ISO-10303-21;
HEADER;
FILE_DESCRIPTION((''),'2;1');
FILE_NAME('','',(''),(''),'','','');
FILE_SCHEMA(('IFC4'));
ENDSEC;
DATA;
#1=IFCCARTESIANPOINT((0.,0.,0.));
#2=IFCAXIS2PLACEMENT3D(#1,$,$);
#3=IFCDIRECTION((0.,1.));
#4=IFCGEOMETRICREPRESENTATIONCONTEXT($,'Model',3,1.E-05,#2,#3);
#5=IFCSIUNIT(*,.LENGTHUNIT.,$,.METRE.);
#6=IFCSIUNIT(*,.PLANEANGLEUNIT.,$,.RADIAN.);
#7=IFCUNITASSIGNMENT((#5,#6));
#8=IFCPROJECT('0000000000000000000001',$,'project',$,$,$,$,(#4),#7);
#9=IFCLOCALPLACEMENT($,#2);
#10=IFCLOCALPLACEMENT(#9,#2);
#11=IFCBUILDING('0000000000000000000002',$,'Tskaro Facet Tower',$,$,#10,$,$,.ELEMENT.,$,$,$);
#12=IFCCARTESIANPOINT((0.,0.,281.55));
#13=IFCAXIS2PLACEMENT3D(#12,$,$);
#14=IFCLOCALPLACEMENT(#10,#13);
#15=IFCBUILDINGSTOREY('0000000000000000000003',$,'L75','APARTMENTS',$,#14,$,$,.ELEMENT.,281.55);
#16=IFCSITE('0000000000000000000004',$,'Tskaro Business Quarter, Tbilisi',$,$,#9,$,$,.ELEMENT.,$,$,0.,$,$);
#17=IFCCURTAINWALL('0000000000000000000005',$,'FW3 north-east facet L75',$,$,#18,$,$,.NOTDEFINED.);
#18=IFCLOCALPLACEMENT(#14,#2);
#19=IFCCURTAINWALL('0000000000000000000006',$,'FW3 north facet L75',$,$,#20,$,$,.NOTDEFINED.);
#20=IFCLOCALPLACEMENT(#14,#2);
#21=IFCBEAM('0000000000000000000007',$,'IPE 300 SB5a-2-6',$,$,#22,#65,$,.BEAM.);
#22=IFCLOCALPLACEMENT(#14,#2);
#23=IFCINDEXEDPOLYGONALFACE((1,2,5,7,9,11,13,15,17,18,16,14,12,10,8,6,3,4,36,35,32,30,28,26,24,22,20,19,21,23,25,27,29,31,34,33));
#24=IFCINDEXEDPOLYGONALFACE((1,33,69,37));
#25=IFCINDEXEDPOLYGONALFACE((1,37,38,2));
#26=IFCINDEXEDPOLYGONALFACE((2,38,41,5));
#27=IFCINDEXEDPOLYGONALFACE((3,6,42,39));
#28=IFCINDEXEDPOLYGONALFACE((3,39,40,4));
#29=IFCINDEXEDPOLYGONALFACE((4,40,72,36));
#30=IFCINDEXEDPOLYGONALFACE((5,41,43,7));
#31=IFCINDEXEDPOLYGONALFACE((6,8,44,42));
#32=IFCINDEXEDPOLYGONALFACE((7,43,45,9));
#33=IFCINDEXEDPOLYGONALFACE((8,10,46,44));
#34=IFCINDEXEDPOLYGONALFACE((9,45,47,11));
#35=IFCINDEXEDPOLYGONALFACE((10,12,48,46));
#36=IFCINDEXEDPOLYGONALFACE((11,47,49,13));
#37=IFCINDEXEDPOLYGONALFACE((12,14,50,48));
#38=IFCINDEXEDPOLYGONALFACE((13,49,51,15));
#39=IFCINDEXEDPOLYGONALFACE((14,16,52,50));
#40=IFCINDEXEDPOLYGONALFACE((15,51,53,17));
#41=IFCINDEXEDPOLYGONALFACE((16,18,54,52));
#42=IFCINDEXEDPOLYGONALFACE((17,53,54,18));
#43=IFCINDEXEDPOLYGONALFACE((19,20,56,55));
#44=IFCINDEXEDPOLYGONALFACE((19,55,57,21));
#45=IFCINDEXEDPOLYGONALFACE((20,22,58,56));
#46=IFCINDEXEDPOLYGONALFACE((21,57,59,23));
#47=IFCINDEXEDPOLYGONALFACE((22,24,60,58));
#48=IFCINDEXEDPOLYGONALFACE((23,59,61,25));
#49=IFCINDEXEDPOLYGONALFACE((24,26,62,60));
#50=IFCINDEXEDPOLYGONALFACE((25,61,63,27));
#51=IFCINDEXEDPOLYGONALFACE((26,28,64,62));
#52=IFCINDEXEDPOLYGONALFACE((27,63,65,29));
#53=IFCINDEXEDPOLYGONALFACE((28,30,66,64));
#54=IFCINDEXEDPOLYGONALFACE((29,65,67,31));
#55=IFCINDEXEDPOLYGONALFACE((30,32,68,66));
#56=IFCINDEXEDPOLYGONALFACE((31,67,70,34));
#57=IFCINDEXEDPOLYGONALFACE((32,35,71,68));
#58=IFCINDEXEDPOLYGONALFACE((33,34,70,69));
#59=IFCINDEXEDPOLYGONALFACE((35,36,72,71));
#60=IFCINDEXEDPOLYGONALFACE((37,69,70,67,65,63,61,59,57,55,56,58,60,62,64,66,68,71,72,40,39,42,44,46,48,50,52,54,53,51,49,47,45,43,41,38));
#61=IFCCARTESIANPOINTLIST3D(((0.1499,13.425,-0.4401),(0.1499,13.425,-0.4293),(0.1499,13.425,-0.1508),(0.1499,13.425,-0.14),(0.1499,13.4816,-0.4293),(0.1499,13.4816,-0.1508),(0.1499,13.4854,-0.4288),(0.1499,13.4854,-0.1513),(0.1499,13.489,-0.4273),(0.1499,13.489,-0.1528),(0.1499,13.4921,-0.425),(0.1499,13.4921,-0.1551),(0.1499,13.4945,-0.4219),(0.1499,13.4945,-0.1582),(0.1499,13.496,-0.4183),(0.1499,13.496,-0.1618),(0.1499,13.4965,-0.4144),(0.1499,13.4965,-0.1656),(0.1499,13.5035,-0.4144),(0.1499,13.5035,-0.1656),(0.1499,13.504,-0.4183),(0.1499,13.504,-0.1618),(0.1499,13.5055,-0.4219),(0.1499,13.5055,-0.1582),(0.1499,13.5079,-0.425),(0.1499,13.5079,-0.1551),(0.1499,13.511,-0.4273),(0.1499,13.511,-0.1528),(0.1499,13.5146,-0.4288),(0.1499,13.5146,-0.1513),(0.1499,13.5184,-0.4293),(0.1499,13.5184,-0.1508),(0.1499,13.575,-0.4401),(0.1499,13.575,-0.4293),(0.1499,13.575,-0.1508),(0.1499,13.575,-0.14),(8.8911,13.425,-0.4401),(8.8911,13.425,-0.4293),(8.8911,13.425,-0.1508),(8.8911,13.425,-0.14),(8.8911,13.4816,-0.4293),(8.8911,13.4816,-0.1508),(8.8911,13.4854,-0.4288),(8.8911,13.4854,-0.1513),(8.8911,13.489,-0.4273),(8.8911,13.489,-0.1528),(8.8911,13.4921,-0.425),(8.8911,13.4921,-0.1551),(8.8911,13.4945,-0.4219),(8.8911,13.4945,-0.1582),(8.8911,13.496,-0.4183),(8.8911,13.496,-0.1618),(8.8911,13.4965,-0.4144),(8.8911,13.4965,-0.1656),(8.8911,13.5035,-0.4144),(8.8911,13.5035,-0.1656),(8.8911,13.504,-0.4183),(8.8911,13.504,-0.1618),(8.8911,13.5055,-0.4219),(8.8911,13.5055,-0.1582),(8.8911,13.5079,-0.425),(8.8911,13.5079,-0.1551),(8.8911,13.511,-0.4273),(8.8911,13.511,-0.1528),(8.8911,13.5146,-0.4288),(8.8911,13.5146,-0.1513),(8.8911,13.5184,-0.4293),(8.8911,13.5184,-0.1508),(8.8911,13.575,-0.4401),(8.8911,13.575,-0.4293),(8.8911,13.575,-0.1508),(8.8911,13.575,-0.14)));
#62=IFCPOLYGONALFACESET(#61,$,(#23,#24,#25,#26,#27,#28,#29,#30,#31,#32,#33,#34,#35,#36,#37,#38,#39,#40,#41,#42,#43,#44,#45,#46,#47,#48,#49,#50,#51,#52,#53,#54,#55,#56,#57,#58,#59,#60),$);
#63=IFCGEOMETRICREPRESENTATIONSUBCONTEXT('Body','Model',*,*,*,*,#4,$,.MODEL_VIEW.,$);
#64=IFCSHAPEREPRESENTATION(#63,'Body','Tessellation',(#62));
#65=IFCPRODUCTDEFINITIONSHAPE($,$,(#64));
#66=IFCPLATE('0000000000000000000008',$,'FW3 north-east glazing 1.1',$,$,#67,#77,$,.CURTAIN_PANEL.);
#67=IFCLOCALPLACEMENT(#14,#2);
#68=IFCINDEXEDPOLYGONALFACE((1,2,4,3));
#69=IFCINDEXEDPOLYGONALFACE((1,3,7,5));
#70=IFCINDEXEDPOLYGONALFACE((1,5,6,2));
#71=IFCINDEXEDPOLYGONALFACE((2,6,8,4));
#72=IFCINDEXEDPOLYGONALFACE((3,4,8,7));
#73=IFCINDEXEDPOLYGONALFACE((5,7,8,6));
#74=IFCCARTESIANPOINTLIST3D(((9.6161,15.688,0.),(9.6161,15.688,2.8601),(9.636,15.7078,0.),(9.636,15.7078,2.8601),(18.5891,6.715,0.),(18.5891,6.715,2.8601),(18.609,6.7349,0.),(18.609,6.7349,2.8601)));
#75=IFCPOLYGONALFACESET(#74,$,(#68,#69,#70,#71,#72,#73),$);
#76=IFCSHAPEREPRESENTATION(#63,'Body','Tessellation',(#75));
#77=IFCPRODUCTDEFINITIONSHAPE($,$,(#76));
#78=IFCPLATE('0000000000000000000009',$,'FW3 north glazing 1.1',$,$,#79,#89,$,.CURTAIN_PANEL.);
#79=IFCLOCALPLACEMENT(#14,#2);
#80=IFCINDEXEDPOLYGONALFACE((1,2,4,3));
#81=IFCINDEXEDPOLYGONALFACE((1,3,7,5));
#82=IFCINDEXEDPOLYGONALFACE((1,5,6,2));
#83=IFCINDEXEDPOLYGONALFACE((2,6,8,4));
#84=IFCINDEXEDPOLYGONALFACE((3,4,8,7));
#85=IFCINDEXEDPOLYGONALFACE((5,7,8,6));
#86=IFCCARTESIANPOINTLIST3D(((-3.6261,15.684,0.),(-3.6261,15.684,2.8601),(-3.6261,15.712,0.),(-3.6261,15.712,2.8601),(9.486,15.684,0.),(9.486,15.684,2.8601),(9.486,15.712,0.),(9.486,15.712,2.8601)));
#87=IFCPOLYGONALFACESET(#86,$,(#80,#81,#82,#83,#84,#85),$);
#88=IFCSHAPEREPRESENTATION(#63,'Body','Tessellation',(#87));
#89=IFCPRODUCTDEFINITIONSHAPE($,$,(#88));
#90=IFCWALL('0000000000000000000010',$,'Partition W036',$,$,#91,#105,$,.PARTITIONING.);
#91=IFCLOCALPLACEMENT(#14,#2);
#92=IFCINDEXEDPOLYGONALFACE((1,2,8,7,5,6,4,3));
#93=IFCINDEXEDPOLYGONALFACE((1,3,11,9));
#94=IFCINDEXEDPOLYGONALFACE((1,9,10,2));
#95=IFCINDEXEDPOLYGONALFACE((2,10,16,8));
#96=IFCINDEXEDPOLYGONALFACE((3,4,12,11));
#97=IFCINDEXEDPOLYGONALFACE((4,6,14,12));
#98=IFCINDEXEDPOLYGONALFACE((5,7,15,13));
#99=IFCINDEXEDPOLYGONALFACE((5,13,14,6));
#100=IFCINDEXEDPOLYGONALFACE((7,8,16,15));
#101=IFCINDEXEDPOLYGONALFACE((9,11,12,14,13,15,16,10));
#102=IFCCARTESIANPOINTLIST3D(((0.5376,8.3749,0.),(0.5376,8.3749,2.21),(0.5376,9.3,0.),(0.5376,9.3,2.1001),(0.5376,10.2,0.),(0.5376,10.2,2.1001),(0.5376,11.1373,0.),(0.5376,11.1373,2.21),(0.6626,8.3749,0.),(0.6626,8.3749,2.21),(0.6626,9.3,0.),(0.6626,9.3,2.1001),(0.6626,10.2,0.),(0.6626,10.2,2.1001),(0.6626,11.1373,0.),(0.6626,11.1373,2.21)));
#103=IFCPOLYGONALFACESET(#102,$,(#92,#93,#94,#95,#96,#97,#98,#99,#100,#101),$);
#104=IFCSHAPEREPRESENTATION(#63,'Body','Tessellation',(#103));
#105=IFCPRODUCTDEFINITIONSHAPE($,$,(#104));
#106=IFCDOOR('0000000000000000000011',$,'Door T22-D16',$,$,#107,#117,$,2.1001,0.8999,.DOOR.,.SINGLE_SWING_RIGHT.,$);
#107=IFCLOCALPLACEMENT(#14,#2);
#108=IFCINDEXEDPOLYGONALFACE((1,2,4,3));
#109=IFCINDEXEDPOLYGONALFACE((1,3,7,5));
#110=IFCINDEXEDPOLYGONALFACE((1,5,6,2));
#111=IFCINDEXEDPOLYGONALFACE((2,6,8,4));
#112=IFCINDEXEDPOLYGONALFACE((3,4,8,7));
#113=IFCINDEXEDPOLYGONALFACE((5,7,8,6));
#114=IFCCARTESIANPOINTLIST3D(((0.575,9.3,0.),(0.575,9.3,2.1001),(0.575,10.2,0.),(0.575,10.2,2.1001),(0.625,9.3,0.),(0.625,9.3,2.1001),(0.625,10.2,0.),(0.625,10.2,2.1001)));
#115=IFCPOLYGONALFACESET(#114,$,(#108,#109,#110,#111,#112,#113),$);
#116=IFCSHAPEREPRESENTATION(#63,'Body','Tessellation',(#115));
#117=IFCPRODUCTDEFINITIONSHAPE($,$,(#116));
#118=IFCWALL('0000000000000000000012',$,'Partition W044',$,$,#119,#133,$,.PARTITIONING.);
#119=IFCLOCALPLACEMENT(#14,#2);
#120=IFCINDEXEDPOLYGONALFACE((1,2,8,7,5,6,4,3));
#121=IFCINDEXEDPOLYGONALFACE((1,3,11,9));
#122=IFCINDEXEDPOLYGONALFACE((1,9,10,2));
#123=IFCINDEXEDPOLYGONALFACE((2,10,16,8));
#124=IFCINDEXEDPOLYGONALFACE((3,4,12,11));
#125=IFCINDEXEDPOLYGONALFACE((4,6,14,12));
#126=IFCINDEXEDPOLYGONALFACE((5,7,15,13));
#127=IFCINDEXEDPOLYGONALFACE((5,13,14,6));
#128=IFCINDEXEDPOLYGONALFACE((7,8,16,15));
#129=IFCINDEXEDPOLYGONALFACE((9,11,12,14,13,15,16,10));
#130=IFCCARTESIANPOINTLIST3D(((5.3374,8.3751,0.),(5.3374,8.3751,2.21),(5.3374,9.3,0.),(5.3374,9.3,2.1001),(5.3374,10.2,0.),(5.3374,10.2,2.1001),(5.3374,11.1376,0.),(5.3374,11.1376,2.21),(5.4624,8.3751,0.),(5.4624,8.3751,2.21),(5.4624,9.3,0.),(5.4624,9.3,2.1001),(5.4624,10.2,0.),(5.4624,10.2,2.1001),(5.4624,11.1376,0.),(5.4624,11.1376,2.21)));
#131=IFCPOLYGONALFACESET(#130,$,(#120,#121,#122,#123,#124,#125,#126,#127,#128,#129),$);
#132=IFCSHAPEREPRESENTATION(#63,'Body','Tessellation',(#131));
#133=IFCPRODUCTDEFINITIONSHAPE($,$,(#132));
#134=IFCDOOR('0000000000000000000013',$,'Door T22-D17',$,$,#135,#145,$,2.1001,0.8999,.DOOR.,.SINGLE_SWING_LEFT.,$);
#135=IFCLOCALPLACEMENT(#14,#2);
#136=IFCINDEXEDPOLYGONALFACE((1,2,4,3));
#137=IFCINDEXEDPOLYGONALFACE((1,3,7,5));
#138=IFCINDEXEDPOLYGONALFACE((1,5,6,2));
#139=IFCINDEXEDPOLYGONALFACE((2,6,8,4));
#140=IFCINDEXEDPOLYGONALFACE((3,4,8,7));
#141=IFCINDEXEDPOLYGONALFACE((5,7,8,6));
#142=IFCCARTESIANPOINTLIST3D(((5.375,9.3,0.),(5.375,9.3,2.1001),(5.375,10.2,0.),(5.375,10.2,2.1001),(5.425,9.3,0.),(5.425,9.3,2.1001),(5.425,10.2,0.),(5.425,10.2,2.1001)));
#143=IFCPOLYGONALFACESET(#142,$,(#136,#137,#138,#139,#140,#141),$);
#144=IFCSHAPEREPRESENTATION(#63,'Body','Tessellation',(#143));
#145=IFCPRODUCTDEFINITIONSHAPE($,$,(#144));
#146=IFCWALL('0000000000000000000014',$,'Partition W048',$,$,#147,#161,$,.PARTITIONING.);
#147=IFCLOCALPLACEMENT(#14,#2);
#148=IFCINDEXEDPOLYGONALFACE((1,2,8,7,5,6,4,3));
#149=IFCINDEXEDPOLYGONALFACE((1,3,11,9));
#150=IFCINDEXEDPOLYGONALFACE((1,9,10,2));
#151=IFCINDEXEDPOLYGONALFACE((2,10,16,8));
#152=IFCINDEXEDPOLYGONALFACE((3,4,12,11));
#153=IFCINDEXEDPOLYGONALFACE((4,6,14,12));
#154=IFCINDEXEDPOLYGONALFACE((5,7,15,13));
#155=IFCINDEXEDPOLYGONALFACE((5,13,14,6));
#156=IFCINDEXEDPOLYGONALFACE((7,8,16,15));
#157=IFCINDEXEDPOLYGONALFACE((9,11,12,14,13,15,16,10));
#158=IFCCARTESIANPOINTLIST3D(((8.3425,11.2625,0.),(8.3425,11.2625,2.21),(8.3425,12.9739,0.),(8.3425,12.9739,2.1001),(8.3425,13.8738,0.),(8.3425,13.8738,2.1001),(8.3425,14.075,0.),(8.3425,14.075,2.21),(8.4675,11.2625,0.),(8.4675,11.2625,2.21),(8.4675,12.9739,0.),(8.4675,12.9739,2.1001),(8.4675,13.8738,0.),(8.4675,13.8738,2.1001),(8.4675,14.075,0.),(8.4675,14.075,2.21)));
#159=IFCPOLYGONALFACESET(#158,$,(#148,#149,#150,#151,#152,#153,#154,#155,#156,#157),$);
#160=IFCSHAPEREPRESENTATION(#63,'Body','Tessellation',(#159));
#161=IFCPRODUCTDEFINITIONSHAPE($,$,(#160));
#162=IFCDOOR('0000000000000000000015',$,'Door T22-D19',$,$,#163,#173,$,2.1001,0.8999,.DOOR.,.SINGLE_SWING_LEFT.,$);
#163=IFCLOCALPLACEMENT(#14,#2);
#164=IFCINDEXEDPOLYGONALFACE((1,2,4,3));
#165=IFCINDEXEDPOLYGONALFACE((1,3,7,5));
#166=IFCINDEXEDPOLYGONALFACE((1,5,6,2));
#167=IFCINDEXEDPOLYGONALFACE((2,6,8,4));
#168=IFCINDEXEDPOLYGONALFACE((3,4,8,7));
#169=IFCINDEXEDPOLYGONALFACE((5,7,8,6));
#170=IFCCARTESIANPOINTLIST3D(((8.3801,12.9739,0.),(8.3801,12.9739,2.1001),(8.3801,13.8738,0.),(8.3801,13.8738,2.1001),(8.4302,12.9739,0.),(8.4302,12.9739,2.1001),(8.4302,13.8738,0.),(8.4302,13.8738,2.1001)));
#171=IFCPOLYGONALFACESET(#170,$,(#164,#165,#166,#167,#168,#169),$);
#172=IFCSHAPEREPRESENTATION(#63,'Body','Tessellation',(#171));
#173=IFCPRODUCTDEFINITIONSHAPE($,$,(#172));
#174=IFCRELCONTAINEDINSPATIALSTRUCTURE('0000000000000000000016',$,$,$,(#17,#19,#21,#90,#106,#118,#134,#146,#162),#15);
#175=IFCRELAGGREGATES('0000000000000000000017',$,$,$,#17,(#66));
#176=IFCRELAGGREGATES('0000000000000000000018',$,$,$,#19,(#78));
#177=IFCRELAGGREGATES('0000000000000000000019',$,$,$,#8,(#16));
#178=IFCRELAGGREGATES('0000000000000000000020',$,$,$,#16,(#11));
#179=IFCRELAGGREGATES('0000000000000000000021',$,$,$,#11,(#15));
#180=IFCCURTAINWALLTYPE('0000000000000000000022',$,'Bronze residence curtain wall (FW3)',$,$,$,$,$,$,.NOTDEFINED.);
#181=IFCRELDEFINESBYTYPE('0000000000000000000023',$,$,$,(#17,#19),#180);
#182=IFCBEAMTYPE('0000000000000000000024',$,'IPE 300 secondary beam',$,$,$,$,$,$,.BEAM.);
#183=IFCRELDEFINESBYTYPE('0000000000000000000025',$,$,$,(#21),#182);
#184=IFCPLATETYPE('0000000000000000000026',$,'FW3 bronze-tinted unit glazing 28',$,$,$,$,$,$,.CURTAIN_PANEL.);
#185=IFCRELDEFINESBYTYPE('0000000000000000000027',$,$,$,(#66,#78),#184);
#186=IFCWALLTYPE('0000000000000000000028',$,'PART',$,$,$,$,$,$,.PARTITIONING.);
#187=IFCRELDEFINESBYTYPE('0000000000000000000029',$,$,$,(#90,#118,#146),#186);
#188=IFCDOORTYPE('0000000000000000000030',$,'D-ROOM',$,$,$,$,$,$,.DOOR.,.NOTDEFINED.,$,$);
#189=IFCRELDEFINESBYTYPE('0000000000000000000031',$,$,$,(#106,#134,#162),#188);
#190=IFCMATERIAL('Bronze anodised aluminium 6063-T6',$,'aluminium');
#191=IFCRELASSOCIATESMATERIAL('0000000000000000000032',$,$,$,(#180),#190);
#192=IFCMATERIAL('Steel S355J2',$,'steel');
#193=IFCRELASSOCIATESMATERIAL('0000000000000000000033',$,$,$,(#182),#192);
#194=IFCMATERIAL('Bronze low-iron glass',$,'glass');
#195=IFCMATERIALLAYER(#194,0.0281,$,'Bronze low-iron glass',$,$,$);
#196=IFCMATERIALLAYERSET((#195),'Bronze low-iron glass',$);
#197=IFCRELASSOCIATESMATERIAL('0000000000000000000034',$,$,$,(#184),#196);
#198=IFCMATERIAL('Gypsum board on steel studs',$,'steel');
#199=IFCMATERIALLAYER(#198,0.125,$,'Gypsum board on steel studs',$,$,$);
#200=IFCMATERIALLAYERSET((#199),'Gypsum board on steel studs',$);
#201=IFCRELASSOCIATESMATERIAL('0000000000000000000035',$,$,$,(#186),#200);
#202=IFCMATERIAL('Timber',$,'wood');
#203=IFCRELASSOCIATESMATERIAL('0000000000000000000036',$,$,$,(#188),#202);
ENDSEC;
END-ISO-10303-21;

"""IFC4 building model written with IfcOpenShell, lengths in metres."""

from ifc_helpers import new_model, si_unit, direction, frame, frame_2d, origin, origin_2d, place, context, subcontext, project, spatial, rectangle, i_section, extrude, material, layer, layer_set, material_profile, profile_set, type_object, element, fill, aggregate, save


model = new_model("IFC4")

# Units and contexts
model_context = context("Model", 3, precision=1e-05, world=origin(), true_north=direction((0.0, 1.0)))
body_context = subcontext(model_context, "Body", "Model", "MODEL_VIEW")
ifc_project = project(units=[si_unit("LENGTHUNIT", "METRE"), si_unit("PLANEANGLEUNIT", "RADIAN")], contexts=[model_context])

# Site, building, storey
site_placement = place(None, origin())
site = spatial("IfcSite", under=ifc_project, at=site_placement, Name="Tskaro Business Quarter, Tbilisi", CompositionType="ELEMENT", RefElevation=0.0)
building_placement = place(site_placement, origin())
building = spatial("IfcBuilding", under=site, at=building_placement, Name="Tskaro Facet Tower", CompositionType="ELEMENT")
storey_placement = place(building_placement, frame((0.0, 0.0, 281.55)))
storey = spatial("IfcBuildingStorey", under=building, at=storey_placement, Name="L75", Description="APARTMENTS", CompositionType="ELEMENT", Elevation=281.55)

# Shared definitions
ifc_material_1 = material(Name="Steel S355J2", Category="steel")

# Curtain walls
ifc_material_2 = material(Name="Bronze anodised aluminium 6063-T6", Category="aluminium")
curtain_wall_type = type_object("IfcCurtainWallType", Name="Bronze residence curtain wall (FW3)", PredefinedType="NOTDEFINED", material=ifc_material_2)
curtain_wall_1_placement = place(storey_placement, origin())
curtain_wall_1 = element("IfcCurtainWall", 1, at=curtain_wall_1_placement, inside=storey, type_object=curtain_wall_type, Name="FW3 north-east facet L75", PredefinedType="NOTDEFINED")
curtain_wall_2_placement = place(storey_placement, origin())
curtain_wall_2 = element("IfcCurtainWall", 2, at=curtain_wall_2_placement, inside=storey, type_object=curtain_wall_type, Name="FW3 north facet L75", PredefinedType="NOTDEFINED")

# Beam
ifc_material_profile_1 = material_profile(ifc_material_1, i_section(OverallWidth=0.1499, OverallDepth=0.3, WebThickness=0.0071, FlangeThickness=0.0107, FilletRadius=0.0149, at=origin_2d()), Name="IPE 300")
ifc_profile_set_1 = profile_set([ifc_material_profile_1], Name="Steel S355J2")
beam_type_1 = type_object("IfcBeamType", Name="IPE 300 secondary beam", PredefinedType="BEAM", material=ifc_profile_set_1)
beam_1_placement = place(storey_placement, frame((0.1499, 13.5, -0.29), z_axis=(1.0, 0.0, 0.0), x_axis=(0.0, 1.0, 0.0)))
element("IfcBeam", 3, at=beam_1_placement, inside=storey, type_object=beam_type_1, Name="IPE 300 SB5a-2-6", PredefinedType="BEAM", context=body_context, shape_type="SweptSolid", body=[
    extrude(i_section(OverallWidth=0.1499, OverallDepth=0.3, WebThickness=0.0071, FlangeThickness=0.0107, FilletRadius=0.0149, at=origin_2d()), origin(), (0.0, 0.0, 1.0), 8.7412),
])

# Plates
ifc_material_3 = material(Name="Bronze low-iron glass", Category="glass")
ifc_layer_1 = layer(ifc_material_3, 0.0281, Name="Bronze low-iron glass")
ifc_layer_set_1 = layer_set([ifc_layer_1], Name="Bronze low-iron glass")
plate_type = type_object("IfcPlateType", Name="FW3 bronze-tinted unit glazing 28", PredefinedType="CURTAIN_PANEL", material=ifc_layer_set_1)
plate_1_placement = place(storey_placement, frame((14.1125, 11.2114, 0.0), z_axis=(0.0, 0.0, 1.0), x_axis=(-0.707107, 0.707107, 0.0)))
plate_1 = element("IfcPlate", 4, at=plate_1_placement, type_object=plate_type, Name="FW3 north-east glazing 1.1", PredefinedType="CURTAIN_PANEL", context=body_context, shape_type="SweptSolid", body=[
    extrude(rectangle(XDim=12.6897, YDim=0.0281, at=origin_2d()), origin(), (0.0, 0.0, 1.0), 2.8601),
])
aggregate(curtain_wall_1, [plate_1])
plate_2_placement = place(storey_placement, frame((2.9299, 15.698, 0.0), z_axis=(0.0, 0.0, 1.0), x_axis=(-1.0, 0.0, 0.0)))
plate_2 = element("IfcPlate", 5, at=plate_2_placement, type_object=plate_type, Name="FW3 north glazing 1.1", PredefinedType="CURTAIN_PANEL", context=body_context, shape_type="SweptSolid", body=[
    extrude(rectangle(XDim=13.1121, YDim=0.0281, at=origin_2d()), origin(), (0.0, 0.0, 1.0), 2.8601),
])
aggregate(curtain_wall_2, [plate_2])

# Walls, openings, doors
ifc_material_4 = material(Name="Gypsum board on steel studs", Category="steel")
ifc_layer_2 = layer(ifc_material_4, 0.125, Name="Gypsum board on steel studs")
ifc_layer_set_2 = layer_set([ifc_layer_2], Name="Gypsum board on steel studs")
wall_type_1 = type_object("IfcWallType", Name="PART", PredefinedType="PARTITIONING", material=ifc_layer_set_2)
wall_1_placement = place(storey_placement, frame((0.6001, 11.1375, 0.0), z_axis=(0.0, 0.0, 1.0), x_axis=(0.0, -1.0, 0.0)))
wall_1 = element("IfcWall", 6, at=wall_1_placement, inside=storey, type_object=wall_type_1, Name="Partition W036", PredefinedType="PARTITIONING", context=body_context, shape_type="SweptSolid", body=[
    extrude(rectangle(XDim=2.7625, YDim=0.125, at=frame_2d((1.3813, 0.0))), origin(), (0.0, 0.0, 1.0), 2.21),
])
opening_1_placement = place(wall_1_placement, frame((0.9375, 0.0, 0.0)))
opening_1 = element("IfcOpeningElement", 7, at=opening_1_placement, cuts=wall_1, PredefinedType="OPENING", context=body_context, shape_type="SweptSolid", body=[
    extrude(rectangle(XDim=0.8999, YDim=2.1001, at=frame_2d((0.45, 1.05))), frame((0.0, 0.0725, 0.0), z_axis=(0.0, -1.0, 0.0), x_axis=(1.0, 0.0, 0.0)), (0.0, 0.0, 1.0), 0.145),
])
ifc_material_5 = material(Name="Timber", Category="wood")
door_type_1 = type_object("IfcDoorType", Name="D-ROOM", OperationType="NOTDEFINED", PredefinedType="DOOR", material=ifc_material_5)
door_1_placement = place(opening_1_placement, origin())
door_1 = element("IfcDoor", 8, at=door_1_placement, inside=storey, type_object=door_type_1, Name="Door T22-D16", OperationType="SINGLE_SWING_RIGHT", OverallHeight=2.1001, OverallWidth=0.8999, PredefinedType="DOOR", context=body_context, shape_type="SweptSolid", body=[
    extrude(rectangle(XDim=0.8999, YDim=2.1001, at=frame_2d((0.45, 1.05))), frame((0.0, 0.0249, 0.0), z_axis=(0.0, -1.0, 0.0), x_axis=(1.0, 0.0, 0.0)), (0.0, 0.0, 1.0), 0.05),
])
fill(opening_1, door_1)
wall_2_placement = place(storey_placement, frame((5.3999, 8.375, 0.0), z_axis=(0.0, 0.0, 1.0), x_axis=(0.0, 1.0, 0.0)))
wall_2 = element("IfcWall", 9, at=wall_2_placement, inside=storey, type_object=wall_type_1, Name="Partition W044", PredefinedType="PARTITIONING", context=body_context, shape_type="SweptSolid", body=[
    extrude(rectangle(XDim=2.7625, YDim=0.125, at=frame_2d((1.3813, 0.0))), origin(), (0.0, 0.0, 1.0), 2.21),
])
opening_2_placement = place(wall_2_placement, frame((0.925, 0.0, 0.0)))
opening_2 = element("IfcOpeningElement", 10, at=opening_2_placement, cuts=wall_2, PredefinedType="OPENING", context=body_context, shape_type="SweptSolid", body=[
    extrude(rectangle(XDim=0.8999, YDim=2.1001, at=frame_2d((0.45, 1.05))), frame((0.0, 0.0725, 0.0), z_axis=(0.0, -1.0, 0.0), x_axis=(1.0, 0.0, 0.0)), (0.0, 0.0, 1.0), 0.145),
])
door_2_placement = place(opening_2_placement, origin())
door_2 = element("IfcDoor", 11, at=door_2_placement, inside=storey, type_object=door_type_1, Name="Door T22-D17", OperationType="SINGLE_SWING_LEFT", OverallHeight=2.1001, OverallWidth=0.8999, PredefinedType="DOOR", context=body_context, shape_type="SweptSolid", body=[
    extrude(rectangle(XDim=0.8999, YDim=2.1001, at=frame_2d((0.45, 1.05))), frame((0.0, 0.0249, 0.0), z_axis=(0.0, -1.0, 0.0), x_axis=(1.0, 0.0, 0.0)), (0.0, 0.0, 1.0), 0.05),
])
fill(opening_2, door_2)
wall_3_placement = place(storey_placement, frame((8.405, 11.2625, 0.0), z_axis=(0.0, 0.0, 1.0), x_axis=(0.0, 1.0, 0.0)))
wall_3 = element("IfcWall", 12, at=wall_3_placement, inside=storey, type_object=wall_type_1, Name="Partition W048", PredefinedType="PARTITIONING", context=body_context, shape_type="SweptSolid", body=[
    extrude(rectangle(XDim=2.8125, YDim=0.125, at=frame_2d((1.4062, 0.0))), origin(), (0.0, 0.0, 1.0), 2.21),
])
opening_3_placement = place(wall_3_placement, frame((1.7114, 0.0, 0.0)))
opening_3 = element("IfcOpeningElement", 13, at=opening_3_placement, cuts=wall_3, PredefinedType="OPENING", context=body_context, shape_type="SweptSolid", body=[
    extrude(rectangle(XDim=0.8999, YDim=2.1001, at=frame_2d((0.45, 1.05))), frame((0.0, 0.0725, 0.0), z_axis=(0.0, -1.0, 0.0), x_axis=(1.0, 0.0, 0.0)), (0.0, 0.0, 1.0), 0.145),
])
door_3_placement = place(opening_3_placement, origin())
door_3 = element("IfcDoor", 14, at=door_3_placement, inside=storey, type_object=door_type_1, Name="Door T22-D19", OperationType="SINGLE_SWING_LEFT", OverallHeight=2.1001, OverallWidth=0.8999, PredefinedType="DOOR", context=body_context, shape_type="SweptSolid", body=[
    extrude(rectangle(XDim=0.8999, YDim=2.1001, at=frame_2d((0.45, 1.05))), frame((0.0, 0.0249, 0.0), z_axis=(0.0, -1.0, 0.0), x_axis=(1.0, 0.0, 0.0)), (0.0, 0.0, 1.0), 0.05),
])
fill(opening_3, door_3)

save(model, "model.ifc")
